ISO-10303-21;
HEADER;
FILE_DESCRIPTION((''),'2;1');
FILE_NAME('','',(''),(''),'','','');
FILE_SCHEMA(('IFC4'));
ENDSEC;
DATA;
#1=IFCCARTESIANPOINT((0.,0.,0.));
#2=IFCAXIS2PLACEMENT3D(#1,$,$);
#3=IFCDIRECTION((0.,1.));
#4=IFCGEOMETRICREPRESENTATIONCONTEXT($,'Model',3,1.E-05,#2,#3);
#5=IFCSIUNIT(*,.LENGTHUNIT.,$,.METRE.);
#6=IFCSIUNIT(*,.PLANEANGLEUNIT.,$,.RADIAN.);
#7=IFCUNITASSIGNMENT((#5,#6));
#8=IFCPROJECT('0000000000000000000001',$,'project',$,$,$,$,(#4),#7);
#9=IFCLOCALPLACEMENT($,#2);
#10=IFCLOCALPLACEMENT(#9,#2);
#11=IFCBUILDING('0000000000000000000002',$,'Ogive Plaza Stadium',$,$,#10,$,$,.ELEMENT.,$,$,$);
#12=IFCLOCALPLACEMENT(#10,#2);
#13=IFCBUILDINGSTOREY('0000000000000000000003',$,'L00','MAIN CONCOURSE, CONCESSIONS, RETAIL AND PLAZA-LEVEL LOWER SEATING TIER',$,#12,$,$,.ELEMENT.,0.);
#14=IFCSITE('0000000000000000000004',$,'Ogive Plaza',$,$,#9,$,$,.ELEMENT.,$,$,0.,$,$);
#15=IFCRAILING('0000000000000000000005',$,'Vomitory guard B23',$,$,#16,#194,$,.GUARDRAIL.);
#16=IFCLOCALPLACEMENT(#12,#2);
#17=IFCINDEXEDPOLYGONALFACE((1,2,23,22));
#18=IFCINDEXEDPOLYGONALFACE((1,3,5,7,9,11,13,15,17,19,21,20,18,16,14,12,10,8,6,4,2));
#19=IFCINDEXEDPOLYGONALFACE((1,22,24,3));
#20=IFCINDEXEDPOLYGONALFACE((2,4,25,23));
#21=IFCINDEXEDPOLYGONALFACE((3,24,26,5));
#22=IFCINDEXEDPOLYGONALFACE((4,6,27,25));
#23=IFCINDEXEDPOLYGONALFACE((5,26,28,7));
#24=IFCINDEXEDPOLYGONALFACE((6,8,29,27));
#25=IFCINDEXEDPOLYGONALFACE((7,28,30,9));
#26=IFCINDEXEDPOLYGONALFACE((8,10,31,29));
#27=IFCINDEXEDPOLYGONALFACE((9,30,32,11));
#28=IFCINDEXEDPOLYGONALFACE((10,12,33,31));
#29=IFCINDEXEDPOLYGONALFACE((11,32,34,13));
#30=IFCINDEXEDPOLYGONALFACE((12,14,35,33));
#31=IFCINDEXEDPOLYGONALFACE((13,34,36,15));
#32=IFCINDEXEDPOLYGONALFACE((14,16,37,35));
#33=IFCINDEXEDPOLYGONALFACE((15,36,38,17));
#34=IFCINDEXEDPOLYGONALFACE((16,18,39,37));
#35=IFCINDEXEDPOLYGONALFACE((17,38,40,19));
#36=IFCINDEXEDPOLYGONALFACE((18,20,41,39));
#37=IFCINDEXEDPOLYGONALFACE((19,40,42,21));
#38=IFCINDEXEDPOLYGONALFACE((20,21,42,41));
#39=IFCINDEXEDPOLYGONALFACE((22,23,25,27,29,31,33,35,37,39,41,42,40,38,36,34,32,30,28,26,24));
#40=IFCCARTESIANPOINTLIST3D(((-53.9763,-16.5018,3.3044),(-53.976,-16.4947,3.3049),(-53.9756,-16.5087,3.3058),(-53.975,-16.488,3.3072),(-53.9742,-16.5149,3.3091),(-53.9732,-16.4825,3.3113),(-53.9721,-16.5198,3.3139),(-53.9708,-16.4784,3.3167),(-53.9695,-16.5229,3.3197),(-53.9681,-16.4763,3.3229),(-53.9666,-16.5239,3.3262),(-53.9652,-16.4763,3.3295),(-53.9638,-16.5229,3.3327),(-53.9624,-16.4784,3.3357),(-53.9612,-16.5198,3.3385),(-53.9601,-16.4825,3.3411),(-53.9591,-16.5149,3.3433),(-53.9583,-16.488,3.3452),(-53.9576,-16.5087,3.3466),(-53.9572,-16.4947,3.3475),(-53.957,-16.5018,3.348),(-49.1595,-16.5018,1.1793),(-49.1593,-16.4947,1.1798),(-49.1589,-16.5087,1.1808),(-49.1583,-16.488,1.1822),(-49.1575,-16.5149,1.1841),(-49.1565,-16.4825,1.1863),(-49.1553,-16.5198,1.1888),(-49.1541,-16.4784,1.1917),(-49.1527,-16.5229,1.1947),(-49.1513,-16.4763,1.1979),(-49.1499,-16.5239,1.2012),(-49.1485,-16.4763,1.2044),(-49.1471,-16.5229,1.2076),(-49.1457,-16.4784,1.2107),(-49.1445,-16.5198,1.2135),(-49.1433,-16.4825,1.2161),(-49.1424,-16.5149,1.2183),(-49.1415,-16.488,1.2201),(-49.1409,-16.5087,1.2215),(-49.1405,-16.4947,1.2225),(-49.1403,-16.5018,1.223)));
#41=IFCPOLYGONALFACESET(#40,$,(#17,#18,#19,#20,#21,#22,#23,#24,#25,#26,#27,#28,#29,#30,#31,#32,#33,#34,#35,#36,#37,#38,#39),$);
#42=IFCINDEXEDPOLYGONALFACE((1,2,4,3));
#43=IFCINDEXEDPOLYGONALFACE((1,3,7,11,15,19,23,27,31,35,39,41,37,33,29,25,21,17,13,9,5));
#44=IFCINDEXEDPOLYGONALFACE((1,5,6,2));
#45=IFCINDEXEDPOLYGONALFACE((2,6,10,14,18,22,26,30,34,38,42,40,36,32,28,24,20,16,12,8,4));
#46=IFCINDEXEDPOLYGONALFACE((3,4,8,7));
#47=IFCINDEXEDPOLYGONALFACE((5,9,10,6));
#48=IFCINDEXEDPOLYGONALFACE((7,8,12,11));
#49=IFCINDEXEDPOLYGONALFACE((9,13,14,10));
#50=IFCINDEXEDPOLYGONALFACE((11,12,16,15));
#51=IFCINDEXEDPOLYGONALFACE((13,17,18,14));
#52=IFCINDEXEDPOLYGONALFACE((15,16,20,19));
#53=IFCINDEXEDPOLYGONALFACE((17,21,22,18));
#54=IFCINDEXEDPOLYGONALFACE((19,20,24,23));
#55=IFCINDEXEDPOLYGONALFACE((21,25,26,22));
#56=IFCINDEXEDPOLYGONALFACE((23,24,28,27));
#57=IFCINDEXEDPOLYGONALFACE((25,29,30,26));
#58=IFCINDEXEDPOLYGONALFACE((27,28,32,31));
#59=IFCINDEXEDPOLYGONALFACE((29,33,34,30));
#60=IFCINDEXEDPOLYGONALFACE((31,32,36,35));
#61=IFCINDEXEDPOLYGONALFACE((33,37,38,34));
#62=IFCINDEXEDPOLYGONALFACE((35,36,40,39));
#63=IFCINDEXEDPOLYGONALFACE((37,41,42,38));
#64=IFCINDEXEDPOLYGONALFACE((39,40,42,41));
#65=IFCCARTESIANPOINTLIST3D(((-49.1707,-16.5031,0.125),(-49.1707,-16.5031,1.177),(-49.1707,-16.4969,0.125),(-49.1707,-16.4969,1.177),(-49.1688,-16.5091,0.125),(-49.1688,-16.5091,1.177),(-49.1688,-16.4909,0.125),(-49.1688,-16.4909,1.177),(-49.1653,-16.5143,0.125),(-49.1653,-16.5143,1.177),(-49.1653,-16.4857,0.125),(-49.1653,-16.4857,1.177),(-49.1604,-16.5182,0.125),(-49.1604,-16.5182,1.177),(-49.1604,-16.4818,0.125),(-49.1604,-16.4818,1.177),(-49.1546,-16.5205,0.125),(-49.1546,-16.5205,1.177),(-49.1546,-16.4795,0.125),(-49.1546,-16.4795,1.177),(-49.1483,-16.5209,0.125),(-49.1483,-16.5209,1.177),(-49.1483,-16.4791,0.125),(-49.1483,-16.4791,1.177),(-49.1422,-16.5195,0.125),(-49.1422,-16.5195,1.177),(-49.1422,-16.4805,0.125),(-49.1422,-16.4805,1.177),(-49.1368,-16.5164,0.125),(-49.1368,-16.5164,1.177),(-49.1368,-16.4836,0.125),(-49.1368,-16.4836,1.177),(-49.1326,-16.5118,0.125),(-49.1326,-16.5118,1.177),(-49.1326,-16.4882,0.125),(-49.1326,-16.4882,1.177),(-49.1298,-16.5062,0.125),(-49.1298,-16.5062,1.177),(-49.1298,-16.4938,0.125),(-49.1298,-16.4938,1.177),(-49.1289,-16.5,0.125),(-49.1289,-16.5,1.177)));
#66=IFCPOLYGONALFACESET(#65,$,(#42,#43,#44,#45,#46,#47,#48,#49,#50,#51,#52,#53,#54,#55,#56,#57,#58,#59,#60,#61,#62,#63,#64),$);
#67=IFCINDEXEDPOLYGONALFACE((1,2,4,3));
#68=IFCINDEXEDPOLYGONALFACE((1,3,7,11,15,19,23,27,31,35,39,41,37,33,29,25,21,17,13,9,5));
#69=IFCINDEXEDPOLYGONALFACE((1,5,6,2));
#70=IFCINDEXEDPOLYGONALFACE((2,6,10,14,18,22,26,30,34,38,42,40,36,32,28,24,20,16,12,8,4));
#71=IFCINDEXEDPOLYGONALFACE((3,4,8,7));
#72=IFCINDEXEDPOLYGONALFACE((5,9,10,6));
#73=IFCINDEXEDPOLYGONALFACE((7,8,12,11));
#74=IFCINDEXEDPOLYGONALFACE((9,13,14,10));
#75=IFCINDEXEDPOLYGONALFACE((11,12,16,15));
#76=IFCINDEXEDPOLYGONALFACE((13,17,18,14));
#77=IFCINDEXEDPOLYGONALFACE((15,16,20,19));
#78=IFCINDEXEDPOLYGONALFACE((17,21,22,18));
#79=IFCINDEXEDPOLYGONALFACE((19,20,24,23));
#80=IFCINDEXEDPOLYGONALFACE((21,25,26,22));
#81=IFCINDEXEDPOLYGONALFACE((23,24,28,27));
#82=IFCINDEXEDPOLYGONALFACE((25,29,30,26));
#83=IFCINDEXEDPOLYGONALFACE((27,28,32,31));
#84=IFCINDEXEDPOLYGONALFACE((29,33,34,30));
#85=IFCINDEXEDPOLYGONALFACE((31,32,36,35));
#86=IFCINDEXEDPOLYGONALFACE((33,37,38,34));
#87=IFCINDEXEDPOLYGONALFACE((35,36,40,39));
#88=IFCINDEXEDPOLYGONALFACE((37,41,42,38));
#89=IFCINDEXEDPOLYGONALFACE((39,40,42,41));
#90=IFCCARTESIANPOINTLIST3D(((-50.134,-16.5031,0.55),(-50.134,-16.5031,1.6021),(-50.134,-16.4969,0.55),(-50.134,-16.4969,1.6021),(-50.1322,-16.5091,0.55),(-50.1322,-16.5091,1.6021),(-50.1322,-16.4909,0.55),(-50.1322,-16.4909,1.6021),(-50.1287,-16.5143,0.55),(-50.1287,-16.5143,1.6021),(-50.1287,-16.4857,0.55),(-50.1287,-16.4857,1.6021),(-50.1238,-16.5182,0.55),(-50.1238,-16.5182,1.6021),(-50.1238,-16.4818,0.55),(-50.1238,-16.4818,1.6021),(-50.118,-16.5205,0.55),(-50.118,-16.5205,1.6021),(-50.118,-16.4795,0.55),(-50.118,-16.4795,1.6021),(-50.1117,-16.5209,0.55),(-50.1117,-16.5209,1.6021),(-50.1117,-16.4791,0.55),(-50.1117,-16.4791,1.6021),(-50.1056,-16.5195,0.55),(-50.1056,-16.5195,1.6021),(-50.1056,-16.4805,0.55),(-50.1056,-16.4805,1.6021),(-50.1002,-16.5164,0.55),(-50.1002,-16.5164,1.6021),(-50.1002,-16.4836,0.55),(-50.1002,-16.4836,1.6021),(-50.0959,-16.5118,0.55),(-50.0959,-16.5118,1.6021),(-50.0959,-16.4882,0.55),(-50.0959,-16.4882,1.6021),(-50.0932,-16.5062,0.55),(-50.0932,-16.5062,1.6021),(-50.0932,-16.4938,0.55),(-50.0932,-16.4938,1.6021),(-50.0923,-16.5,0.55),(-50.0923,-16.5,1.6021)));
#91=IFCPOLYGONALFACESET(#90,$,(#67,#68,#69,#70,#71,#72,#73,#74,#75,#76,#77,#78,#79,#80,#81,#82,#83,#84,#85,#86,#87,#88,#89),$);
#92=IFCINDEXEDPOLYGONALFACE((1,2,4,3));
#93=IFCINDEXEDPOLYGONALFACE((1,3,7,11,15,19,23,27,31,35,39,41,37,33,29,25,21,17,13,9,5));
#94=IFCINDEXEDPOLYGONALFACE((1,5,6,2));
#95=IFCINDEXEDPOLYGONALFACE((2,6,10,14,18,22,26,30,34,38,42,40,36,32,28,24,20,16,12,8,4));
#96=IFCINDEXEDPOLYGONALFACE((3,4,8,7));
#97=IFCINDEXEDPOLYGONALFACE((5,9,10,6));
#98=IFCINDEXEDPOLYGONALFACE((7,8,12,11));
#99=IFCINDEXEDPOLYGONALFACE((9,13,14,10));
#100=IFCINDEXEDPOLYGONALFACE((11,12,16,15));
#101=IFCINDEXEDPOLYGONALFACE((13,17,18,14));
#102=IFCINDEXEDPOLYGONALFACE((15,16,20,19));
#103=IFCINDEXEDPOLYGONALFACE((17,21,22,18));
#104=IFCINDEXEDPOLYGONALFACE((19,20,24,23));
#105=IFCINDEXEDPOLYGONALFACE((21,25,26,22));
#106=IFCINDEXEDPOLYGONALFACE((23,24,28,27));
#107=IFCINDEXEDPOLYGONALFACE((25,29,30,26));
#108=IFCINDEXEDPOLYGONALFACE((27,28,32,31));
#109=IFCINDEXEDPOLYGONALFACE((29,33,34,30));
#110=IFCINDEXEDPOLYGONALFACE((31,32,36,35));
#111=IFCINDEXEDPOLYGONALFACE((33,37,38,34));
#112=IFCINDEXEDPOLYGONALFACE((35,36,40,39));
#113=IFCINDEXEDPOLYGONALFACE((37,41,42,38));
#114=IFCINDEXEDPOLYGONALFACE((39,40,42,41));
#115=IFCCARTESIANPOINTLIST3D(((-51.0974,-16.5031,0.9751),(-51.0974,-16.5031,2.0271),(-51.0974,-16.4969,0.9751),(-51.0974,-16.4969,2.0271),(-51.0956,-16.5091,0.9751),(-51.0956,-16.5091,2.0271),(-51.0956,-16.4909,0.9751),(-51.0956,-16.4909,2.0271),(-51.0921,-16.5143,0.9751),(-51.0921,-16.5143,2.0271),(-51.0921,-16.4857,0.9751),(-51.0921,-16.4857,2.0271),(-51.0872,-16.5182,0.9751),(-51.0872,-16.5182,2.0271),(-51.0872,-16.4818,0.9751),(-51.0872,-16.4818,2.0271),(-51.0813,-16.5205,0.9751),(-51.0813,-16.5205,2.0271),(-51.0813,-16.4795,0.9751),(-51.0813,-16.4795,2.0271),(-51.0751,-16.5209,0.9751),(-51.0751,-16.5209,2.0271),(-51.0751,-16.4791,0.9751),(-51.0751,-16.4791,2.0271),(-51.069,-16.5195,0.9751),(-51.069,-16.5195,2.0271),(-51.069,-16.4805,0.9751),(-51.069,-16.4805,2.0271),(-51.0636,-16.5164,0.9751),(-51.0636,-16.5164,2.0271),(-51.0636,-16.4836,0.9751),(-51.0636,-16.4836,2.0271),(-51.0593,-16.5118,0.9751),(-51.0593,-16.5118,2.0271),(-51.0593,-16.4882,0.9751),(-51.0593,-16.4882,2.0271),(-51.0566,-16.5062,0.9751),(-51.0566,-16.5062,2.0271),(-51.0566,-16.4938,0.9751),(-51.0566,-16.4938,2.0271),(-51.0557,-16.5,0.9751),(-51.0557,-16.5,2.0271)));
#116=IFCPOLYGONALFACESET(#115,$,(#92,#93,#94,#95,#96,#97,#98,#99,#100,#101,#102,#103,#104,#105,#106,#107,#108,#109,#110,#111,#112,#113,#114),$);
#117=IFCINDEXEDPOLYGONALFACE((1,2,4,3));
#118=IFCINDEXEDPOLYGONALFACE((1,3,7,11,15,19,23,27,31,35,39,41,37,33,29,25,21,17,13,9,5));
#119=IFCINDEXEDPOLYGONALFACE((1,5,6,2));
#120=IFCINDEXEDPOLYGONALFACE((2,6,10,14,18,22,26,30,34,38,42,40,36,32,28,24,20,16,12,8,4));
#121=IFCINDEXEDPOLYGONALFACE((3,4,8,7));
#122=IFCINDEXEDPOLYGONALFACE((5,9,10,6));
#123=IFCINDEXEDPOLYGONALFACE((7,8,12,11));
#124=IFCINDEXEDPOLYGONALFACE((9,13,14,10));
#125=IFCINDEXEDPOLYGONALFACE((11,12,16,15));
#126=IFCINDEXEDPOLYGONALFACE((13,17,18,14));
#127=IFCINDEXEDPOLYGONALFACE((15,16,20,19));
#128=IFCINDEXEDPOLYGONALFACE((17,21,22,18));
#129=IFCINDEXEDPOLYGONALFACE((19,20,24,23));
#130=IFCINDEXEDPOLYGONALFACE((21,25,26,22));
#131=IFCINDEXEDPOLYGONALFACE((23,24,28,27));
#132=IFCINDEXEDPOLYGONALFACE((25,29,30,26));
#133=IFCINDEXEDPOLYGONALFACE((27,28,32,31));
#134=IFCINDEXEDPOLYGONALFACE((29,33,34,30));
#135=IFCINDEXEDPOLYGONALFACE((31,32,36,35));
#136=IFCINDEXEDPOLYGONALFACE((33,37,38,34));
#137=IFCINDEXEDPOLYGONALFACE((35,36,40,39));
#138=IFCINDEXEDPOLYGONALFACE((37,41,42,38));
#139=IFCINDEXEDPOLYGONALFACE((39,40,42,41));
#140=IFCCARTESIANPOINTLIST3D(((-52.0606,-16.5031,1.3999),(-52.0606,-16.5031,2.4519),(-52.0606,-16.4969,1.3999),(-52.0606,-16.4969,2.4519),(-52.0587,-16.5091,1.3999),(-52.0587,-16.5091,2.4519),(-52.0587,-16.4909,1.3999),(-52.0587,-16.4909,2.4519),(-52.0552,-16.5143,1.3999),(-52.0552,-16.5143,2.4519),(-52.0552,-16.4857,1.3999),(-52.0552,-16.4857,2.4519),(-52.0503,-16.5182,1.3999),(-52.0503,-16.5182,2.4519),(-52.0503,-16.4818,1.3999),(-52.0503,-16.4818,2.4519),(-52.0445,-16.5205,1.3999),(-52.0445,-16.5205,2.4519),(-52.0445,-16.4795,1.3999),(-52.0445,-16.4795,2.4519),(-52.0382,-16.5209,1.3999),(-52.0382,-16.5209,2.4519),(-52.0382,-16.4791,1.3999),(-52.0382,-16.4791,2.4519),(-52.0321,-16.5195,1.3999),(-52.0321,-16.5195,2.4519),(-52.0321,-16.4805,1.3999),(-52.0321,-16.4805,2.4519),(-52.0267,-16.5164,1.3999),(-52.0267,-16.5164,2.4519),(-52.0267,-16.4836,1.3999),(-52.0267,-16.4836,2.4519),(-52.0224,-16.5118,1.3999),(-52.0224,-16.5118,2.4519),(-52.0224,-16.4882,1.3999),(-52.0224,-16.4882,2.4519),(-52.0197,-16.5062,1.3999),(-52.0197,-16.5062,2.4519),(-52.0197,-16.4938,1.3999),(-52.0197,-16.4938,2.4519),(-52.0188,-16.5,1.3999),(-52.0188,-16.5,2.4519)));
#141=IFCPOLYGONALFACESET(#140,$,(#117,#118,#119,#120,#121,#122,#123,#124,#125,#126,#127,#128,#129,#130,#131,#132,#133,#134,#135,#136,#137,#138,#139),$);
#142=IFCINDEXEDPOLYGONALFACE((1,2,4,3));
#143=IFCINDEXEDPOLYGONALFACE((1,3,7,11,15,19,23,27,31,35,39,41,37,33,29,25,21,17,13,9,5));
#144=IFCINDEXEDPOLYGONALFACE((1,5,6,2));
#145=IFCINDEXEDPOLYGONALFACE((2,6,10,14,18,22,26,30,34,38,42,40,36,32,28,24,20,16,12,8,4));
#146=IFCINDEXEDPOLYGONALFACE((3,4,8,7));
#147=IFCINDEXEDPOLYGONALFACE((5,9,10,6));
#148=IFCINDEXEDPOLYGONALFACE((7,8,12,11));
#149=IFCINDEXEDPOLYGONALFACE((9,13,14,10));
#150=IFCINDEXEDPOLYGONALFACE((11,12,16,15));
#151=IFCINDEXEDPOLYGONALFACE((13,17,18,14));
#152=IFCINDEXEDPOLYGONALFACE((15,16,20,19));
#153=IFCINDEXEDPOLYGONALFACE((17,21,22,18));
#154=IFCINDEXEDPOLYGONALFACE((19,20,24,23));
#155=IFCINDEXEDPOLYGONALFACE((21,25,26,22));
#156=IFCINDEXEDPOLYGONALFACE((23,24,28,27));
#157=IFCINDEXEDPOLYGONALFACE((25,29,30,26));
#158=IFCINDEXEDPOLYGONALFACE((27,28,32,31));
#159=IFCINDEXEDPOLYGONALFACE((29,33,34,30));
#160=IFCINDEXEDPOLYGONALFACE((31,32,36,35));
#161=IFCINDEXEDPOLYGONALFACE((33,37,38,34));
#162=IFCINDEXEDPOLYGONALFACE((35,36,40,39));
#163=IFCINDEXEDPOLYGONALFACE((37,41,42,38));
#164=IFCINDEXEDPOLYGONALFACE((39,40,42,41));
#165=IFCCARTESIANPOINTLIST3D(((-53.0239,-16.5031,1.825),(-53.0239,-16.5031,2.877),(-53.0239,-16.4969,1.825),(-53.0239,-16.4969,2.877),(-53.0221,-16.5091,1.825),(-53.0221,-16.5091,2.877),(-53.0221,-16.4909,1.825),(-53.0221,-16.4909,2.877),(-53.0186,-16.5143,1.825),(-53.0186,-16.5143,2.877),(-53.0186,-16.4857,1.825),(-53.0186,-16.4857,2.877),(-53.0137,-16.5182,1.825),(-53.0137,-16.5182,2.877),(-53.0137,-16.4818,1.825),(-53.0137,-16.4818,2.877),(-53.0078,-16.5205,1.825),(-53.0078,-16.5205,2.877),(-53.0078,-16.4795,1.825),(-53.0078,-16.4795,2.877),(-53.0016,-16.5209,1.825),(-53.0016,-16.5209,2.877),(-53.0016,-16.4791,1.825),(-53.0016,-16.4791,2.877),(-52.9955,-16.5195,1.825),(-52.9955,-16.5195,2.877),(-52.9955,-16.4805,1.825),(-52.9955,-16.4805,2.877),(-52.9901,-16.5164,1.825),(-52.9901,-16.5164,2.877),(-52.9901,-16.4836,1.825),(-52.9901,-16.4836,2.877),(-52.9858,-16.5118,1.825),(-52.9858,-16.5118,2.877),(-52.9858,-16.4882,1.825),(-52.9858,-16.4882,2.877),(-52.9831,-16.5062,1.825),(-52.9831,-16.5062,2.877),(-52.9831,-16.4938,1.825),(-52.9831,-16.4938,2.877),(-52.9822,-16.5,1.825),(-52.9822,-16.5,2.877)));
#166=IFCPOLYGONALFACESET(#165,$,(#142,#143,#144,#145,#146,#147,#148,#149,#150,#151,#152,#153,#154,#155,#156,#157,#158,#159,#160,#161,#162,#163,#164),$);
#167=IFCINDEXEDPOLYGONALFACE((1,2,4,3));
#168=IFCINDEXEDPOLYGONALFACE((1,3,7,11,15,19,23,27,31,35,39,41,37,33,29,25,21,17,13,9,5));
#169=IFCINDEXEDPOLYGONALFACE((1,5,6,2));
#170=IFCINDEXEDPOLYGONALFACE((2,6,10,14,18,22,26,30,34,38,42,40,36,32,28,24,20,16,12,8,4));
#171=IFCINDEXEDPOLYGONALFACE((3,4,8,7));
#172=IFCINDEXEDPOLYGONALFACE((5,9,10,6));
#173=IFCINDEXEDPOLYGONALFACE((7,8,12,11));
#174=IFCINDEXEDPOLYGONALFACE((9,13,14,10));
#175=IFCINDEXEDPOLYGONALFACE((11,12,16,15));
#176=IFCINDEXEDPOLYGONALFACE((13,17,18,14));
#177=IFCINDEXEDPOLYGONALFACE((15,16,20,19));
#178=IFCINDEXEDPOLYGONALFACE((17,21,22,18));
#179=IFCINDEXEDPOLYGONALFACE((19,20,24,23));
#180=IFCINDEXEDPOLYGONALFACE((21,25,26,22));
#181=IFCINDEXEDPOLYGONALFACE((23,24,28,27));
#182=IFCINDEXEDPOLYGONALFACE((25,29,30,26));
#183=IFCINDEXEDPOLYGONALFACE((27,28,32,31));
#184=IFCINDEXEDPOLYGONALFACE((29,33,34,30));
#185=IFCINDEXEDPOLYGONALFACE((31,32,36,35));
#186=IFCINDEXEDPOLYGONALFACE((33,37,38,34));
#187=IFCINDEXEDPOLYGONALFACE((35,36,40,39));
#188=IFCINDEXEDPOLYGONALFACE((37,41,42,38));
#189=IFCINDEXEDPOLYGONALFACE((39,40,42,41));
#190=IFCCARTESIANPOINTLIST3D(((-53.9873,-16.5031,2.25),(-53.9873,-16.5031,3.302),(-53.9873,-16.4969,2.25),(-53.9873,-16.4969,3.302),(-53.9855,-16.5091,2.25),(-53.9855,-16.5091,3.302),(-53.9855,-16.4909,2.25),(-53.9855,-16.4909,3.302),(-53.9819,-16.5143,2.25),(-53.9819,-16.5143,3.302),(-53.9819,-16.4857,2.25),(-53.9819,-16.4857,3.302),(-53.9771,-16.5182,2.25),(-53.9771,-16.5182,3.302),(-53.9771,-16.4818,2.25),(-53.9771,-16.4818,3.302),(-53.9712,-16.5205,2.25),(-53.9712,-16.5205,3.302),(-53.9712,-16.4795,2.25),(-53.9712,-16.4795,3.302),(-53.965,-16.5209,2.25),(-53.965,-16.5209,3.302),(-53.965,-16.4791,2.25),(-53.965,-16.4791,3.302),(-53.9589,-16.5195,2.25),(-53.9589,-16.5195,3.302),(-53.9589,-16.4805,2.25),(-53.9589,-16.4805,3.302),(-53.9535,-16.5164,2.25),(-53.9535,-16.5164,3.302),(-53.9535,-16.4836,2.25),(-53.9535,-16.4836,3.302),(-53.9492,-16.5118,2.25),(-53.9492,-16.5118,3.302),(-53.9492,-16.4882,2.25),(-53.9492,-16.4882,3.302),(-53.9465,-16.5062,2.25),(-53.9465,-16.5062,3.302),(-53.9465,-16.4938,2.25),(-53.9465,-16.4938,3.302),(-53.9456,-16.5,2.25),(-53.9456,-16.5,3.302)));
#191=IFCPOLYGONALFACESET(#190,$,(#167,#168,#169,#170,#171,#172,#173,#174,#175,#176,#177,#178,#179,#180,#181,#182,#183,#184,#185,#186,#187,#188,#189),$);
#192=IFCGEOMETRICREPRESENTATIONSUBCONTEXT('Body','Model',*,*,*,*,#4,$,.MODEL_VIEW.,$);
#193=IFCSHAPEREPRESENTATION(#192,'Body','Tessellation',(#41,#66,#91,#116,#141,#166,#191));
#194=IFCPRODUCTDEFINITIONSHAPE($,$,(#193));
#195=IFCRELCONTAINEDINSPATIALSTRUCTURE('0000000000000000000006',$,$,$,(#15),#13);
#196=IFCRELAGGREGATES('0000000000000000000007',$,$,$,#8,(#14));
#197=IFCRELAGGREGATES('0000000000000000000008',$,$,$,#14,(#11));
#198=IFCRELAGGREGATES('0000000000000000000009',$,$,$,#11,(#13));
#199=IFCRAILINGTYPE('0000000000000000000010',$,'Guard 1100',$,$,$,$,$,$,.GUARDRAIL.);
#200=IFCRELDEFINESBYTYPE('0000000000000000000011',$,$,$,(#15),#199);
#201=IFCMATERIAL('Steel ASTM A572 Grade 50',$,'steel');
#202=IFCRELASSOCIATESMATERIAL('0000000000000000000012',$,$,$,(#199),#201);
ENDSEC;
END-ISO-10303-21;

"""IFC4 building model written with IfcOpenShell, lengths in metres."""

from ifc_helpers import new_model, si_unit, direction, frame, origin, origin_2d, place, context, subcontext, project, spatial, circle, extrude, material, type_object, element, save


model = new_model("IFC4")

# Units and contexts
model_context = context("Model", 3, precision=1e-05, world=origin(), true_north=direction((0.0, 1.0)))
body_context = subcontext(model_context, "Body", "Model", "MODEL_VIEW")
ifc_project = project(units=[si_unit("LENGTHUNIT", "METRE"), si_unit("PLANEANGLEUNIT", "RADIAN")], contexts=[model_context])

# Site, building, storey
site_placement = place(None, origin())
site = spatial("IfcSite", under=ifc_project, at=site_placement, Name="Ogive Plaza", CompositionType="ELEMENT", RefElevation=0.0)
building_placement = place(site_placement, origin())
building = spatial("IfcBuilding", under=site, at=building_placement, Name="Ogive Plaza Stadium", CompositionType="ELEMENT")
storey_placement = place(building_placement, origin())
storey = spatial("IfcBuildingStorey", under=building, at=storey_placement, Name="L00", Description="MAIN CONCOURSE, CONCESSIONS, RETAIL AND PLAZA-LEVEL LOWER SEATING TIER", CompositionType="ELEMENT", Elevation=0.0)

# Railing
ifc_material_1 = material(Name="Steel ASTM A572 Grade 50", Category="steel")
railing_type = type_object("IfcRailingType", Name="Guard 1100", PredefinedType="GUARDRAIL", material=ifc_material_1)
for number, where, name in (
    (1, (-49.1499, -16.5, 0.125), "Vomitory guard B23"),
):
    element("IfcRailing", number, at=place(storey_placement, frame(where)), inside=storey, type_object=railing_type, Name=name, PredefinedType="GUARDRAIL", context=body_context, shape_type="SweptSolid", body=[
        extrude(circle(Radius=0.0239, at=origin_2d()), frame((0.0, 0.0, 1.0762), z_axis=(-0.914917, 0.0, 0.403641), x_axis=(0.0, -1.0, 0.0)), (0.0, 0.0, 1.0), 5.2646),
        extrude(circle(Radius=0.021, at=origin_2d()), origin(), (0.0, 0.0, 1.0), 1.052),
        extrude(circle(Radius=0.021, at=origin_2d()), frame((-0.9634, 0.0, 0.425)), (0.0, 0.0, 1.0), 1.052),
        extrude(circle(Radius=0.021, at=origin_2d()), frame((-1.9268, 0.0, 0.8501)), (0.0, 0.0, 1.0), 1.052),
        extrude(circle(Radius=0.021, at=origin_2d()), frame((-2.8899, 0.0, 1.2749)), (0.0, 0.0, 1.0), 1.052),
        extrude(circle(Radius=0.021, at=origin_2d()), frame((-3.8533, 0.0, 1.7)), (0.0, 0.0, 1.0), 1.052),
        extrude(circle(Radius=0.021, at=origin_2d()), frame((-4.8167, 0.0, 2.125)), (0.0, 0.0, 1.0), 1.052),
    ])

save(model, "model.ifc")
